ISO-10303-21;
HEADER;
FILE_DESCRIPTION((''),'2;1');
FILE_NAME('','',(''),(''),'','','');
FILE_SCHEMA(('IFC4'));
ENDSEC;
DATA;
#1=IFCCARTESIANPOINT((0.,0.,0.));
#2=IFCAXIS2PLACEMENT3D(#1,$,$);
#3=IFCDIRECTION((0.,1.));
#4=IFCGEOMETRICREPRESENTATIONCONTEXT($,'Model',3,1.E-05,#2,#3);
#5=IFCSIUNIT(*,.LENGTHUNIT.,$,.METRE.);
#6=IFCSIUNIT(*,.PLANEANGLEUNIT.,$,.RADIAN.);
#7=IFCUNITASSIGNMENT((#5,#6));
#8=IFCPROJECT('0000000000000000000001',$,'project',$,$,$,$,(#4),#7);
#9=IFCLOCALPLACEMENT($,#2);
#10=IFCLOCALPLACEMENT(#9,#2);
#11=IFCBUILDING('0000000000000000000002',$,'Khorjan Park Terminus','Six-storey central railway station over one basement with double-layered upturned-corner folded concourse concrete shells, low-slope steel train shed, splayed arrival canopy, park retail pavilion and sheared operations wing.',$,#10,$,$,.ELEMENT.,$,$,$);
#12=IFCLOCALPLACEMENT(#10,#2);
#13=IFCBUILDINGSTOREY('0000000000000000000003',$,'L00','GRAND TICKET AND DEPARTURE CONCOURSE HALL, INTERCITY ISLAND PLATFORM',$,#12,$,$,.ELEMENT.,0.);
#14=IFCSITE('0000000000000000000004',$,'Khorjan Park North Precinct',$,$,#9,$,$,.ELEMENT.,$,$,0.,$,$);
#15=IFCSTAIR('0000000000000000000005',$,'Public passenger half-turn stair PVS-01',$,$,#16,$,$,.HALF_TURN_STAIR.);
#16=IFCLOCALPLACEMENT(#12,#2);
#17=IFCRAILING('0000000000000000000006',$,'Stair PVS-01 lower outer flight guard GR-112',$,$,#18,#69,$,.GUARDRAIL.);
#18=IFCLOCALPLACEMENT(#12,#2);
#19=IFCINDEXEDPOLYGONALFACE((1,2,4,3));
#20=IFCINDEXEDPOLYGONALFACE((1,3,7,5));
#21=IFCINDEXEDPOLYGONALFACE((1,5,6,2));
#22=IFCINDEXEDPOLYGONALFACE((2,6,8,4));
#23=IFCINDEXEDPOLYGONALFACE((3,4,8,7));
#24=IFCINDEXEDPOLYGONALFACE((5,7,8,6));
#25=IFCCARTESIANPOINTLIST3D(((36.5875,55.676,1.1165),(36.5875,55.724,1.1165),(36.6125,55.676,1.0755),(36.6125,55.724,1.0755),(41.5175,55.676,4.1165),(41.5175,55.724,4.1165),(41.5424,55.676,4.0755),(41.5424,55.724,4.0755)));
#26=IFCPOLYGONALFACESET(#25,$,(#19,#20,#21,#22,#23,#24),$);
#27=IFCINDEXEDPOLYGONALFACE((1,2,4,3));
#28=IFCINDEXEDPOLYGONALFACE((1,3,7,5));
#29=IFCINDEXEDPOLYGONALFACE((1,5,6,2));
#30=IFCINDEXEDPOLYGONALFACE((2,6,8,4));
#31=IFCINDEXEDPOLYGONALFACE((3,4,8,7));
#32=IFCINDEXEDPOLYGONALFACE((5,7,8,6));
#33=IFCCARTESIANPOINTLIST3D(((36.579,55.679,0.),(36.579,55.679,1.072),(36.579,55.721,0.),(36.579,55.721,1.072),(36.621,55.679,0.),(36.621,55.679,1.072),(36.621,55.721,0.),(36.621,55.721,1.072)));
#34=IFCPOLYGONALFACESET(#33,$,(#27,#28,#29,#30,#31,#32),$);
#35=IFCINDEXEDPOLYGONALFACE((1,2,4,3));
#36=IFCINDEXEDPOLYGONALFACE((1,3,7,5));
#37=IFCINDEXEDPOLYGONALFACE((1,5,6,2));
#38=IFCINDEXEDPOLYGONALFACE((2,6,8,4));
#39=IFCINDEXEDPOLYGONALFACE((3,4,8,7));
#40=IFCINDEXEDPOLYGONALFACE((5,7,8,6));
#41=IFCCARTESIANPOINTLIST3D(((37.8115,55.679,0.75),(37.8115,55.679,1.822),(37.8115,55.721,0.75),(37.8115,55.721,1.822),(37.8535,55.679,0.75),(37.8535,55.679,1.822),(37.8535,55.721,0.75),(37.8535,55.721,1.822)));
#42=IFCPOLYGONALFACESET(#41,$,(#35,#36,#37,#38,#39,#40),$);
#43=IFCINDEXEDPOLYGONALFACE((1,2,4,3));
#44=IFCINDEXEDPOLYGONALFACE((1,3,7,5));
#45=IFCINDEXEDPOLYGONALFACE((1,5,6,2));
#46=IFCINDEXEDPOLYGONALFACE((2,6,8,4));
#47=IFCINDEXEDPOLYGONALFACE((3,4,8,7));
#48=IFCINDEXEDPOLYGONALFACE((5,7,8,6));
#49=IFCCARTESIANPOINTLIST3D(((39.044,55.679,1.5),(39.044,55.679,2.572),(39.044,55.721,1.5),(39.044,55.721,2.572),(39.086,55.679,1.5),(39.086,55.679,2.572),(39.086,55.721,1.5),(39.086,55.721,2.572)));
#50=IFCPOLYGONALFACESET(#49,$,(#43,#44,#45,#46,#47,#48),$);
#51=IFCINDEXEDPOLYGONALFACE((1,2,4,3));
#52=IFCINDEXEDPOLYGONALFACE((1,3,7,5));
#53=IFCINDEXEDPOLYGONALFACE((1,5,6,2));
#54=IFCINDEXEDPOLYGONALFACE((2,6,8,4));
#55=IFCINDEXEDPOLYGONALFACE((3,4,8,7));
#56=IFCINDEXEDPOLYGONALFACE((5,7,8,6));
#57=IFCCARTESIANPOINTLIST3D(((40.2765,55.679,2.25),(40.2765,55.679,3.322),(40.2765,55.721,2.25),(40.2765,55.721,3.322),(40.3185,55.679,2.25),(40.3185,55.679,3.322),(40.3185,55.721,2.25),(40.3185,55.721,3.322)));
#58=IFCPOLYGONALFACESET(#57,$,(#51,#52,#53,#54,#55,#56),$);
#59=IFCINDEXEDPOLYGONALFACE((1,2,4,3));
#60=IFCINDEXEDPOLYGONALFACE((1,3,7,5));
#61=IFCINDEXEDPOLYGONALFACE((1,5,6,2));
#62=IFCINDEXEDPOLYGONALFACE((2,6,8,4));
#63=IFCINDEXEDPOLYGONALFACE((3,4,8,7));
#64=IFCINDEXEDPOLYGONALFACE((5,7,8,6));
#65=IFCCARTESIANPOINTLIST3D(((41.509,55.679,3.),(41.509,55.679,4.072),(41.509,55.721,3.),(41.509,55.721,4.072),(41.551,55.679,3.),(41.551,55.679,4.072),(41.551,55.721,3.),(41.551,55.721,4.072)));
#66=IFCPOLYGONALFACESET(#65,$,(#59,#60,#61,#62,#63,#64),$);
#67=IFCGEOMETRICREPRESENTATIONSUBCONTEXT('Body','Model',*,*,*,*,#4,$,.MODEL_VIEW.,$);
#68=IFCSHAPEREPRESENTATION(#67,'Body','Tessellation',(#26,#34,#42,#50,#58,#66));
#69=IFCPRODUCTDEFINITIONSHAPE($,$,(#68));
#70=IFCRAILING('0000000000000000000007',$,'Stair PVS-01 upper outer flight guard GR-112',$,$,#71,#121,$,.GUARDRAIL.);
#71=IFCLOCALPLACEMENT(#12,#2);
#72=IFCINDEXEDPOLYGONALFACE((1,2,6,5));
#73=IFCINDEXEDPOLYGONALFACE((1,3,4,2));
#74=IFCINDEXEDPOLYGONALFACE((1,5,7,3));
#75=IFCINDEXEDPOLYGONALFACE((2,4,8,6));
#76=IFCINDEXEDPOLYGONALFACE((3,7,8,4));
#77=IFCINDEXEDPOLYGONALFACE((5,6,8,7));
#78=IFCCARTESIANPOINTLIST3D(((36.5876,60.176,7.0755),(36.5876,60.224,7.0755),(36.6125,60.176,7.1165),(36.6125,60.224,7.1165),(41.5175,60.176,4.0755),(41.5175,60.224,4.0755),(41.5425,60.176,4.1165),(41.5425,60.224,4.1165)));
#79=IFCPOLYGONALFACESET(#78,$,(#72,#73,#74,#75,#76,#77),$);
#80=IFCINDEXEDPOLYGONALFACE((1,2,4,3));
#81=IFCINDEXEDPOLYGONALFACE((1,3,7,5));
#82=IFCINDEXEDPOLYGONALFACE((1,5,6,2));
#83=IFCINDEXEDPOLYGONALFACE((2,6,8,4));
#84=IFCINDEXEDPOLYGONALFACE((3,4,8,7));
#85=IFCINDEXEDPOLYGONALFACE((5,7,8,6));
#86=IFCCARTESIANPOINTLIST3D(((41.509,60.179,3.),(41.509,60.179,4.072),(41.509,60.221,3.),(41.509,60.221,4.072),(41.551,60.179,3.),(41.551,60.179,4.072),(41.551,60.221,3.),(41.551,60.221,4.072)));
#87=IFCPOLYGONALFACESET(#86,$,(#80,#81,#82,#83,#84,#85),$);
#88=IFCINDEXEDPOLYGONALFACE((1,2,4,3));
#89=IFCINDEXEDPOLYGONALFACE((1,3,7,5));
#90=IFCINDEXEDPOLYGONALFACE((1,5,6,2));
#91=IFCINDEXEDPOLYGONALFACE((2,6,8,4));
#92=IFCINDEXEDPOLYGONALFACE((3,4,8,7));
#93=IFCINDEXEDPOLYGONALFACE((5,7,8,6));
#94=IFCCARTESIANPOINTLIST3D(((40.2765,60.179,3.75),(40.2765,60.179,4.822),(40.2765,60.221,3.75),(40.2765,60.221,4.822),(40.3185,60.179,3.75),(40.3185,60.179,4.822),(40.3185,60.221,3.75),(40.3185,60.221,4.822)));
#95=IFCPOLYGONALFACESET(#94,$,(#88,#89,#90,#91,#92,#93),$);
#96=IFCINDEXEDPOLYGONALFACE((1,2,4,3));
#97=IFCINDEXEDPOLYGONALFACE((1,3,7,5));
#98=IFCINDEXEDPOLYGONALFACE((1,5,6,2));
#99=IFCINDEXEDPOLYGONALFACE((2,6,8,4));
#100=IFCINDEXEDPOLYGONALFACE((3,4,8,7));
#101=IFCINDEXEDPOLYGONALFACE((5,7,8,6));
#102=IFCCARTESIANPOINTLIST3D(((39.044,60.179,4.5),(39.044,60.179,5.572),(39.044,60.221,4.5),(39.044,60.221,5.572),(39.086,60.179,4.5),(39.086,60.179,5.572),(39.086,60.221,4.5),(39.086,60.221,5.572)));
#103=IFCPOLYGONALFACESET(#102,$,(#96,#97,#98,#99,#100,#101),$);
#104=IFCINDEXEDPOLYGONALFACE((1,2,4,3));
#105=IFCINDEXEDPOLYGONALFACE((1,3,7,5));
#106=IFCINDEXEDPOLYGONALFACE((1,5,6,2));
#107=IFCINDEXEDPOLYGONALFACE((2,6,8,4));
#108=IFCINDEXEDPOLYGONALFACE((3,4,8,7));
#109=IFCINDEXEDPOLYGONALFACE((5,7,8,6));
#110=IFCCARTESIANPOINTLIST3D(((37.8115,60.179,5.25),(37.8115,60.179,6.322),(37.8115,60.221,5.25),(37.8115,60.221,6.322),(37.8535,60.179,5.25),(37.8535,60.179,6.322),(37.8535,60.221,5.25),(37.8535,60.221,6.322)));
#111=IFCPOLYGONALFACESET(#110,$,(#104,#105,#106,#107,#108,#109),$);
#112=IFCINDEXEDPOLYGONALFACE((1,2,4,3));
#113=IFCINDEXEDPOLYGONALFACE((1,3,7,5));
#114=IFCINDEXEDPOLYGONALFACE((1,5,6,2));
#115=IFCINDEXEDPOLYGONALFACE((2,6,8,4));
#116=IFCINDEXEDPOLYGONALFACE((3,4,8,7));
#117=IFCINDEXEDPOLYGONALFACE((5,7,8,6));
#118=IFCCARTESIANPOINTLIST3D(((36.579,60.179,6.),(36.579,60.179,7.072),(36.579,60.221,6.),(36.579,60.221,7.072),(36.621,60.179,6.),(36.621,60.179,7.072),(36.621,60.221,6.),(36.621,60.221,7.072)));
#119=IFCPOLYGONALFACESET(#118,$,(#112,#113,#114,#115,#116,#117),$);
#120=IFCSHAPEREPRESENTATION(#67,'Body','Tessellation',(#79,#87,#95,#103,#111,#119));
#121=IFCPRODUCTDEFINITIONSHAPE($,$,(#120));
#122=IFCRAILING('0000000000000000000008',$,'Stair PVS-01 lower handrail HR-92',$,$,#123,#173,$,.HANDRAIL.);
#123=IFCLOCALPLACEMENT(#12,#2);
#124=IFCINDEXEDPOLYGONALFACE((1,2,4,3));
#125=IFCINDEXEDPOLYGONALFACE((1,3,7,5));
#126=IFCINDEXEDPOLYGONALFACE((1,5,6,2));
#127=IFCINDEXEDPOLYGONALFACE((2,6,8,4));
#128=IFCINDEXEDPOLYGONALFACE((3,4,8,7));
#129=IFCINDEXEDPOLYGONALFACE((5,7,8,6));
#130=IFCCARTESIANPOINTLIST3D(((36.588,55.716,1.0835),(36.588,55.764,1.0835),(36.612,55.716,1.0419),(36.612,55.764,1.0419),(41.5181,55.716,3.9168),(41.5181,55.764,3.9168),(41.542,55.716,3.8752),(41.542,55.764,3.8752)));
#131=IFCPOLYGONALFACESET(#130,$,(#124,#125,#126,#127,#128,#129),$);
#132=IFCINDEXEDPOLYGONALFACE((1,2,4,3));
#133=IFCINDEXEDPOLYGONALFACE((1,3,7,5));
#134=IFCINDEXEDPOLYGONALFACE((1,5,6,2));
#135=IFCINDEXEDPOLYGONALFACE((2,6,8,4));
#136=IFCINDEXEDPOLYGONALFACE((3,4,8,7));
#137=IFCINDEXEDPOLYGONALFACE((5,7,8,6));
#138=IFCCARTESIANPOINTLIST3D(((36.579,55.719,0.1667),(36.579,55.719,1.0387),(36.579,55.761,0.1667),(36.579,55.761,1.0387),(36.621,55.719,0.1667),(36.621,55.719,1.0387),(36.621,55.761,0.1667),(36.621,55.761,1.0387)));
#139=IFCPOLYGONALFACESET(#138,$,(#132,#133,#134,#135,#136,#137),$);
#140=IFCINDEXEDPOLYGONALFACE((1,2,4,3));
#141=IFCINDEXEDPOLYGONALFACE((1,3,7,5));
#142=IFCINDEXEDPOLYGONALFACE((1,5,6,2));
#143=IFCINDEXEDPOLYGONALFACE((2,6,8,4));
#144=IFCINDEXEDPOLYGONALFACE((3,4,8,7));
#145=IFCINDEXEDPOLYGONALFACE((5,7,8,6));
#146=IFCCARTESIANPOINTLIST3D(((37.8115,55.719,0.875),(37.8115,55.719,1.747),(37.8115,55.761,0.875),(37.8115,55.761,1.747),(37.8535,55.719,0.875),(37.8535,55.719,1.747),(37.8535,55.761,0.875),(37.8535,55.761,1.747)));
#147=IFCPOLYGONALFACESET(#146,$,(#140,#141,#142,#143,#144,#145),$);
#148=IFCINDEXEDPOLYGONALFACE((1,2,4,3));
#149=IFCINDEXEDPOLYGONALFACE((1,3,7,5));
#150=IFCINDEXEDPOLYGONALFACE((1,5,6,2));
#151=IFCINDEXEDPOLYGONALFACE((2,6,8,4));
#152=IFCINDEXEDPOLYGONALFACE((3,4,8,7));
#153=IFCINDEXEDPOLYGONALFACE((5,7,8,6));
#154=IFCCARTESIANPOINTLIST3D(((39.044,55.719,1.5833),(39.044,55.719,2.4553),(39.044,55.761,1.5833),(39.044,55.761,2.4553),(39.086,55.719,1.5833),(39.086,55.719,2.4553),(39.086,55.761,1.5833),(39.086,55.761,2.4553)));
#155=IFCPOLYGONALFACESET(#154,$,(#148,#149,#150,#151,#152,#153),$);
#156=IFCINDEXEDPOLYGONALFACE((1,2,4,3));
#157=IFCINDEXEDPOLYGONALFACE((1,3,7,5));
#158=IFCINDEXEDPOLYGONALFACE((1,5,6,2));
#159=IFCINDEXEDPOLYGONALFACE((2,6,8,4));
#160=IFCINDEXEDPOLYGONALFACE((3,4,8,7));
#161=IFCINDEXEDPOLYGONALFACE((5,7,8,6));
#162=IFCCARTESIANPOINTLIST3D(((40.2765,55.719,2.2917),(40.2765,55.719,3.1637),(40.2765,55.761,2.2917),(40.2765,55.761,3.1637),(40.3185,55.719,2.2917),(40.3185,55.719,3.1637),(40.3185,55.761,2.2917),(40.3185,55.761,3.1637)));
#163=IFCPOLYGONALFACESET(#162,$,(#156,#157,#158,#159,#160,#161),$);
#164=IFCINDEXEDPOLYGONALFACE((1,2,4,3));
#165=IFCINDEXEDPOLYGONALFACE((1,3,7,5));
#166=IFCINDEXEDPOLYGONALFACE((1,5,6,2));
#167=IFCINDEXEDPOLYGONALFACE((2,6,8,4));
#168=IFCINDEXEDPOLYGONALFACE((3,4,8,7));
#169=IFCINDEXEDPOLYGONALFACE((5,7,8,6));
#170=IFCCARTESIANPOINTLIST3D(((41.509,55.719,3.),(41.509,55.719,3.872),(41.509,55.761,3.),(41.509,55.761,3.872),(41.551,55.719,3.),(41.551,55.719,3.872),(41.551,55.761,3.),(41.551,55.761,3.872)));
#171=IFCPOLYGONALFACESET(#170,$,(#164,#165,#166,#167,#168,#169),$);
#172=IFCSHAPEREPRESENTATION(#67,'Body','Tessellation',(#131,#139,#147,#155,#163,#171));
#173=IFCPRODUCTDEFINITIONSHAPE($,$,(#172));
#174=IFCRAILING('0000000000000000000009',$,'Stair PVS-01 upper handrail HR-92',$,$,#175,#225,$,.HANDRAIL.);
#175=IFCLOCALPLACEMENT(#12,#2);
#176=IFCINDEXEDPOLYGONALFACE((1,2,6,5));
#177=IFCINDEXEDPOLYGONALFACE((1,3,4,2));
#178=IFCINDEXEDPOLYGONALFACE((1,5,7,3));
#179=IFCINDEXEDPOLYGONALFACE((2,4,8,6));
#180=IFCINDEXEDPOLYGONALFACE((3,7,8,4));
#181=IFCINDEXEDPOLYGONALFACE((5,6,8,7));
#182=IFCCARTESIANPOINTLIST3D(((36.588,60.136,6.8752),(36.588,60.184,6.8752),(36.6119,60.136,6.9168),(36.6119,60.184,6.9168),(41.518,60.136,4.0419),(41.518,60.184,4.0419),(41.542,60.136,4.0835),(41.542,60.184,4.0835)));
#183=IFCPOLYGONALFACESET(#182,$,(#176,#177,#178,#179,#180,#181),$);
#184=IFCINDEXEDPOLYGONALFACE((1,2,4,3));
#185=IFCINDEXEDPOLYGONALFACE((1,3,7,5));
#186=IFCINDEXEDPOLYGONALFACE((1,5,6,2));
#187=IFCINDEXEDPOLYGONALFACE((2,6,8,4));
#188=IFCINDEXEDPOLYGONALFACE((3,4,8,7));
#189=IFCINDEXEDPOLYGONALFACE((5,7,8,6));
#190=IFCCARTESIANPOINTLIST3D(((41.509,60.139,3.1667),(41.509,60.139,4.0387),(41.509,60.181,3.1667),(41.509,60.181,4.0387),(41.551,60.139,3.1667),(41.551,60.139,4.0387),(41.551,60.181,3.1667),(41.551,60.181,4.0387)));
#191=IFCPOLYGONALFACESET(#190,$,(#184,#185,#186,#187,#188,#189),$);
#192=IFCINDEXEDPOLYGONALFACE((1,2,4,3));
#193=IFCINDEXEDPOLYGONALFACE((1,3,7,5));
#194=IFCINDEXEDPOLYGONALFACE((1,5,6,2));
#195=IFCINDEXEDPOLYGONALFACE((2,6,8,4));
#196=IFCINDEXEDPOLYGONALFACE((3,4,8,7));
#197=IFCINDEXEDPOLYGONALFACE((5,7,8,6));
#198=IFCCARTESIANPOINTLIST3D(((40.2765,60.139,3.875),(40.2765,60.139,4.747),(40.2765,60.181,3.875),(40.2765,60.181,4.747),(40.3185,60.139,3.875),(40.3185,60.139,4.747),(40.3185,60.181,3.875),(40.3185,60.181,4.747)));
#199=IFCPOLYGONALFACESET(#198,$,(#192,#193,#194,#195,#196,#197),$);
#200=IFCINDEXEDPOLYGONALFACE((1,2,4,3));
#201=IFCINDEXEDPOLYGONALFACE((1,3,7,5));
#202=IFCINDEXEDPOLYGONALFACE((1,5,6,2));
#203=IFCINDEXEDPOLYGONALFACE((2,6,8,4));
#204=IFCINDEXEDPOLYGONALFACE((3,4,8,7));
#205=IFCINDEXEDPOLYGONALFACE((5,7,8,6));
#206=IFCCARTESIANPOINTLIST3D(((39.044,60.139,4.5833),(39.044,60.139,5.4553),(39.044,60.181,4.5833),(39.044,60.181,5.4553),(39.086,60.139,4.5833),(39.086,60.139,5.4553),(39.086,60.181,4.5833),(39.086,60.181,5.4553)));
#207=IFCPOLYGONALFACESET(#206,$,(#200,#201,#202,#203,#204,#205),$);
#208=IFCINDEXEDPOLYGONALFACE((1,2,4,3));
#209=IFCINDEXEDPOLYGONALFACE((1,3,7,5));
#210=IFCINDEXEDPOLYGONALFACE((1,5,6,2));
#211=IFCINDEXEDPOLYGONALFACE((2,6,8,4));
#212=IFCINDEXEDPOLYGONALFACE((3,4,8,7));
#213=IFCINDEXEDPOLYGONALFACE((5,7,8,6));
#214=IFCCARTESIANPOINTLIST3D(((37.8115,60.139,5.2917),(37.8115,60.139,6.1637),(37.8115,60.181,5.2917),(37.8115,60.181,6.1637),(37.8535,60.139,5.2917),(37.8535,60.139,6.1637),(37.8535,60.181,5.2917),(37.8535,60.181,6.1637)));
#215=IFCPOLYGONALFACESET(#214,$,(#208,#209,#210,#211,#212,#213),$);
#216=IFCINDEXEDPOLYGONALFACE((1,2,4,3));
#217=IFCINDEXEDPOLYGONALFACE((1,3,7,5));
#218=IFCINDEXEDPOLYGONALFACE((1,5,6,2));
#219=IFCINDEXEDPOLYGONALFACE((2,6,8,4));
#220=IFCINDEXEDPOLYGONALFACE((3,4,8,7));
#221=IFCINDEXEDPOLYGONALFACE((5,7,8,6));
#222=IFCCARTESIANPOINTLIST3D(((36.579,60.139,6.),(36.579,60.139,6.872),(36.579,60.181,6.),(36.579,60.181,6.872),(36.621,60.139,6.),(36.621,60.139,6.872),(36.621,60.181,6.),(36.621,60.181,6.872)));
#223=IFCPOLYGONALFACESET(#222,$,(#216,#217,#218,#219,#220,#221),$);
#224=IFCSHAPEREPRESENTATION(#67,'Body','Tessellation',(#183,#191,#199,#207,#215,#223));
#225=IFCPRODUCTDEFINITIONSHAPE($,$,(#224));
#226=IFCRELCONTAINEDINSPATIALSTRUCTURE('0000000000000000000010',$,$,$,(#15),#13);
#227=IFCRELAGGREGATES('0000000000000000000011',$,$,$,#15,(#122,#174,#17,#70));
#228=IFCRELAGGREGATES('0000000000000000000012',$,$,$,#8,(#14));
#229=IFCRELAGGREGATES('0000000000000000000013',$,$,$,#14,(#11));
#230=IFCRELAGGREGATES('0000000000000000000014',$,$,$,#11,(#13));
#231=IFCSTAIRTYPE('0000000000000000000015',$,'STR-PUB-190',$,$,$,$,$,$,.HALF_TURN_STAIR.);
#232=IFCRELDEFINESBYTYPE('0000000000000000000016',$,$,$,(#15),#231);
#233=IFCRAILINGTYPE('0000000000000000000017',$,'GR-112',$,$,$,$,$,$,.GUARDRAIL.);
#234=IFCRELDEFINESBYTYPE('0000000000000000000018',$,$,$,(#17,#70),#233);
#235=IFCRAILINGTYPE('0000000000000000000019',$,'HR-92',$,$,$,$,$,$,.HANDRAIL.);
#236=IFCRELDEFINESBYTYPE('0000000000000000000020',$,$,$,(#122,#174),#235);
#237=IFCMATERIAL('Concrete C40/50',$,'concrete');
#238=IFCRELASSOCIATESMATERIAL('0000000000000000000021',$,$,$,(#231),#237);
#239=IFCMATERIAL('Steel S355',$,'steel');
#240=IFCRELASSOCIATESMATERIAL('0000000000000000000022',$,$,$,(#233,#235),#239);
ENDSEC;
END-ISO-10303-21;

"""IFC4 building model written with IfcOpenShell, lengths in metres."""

from ifc_helpers import new_model, si_unit, direction, frame, origin, origin_2d, place, context, subcontext, project, spatial, rectangle, extrude, material, type_object, element, aggregate, save


model = new_model("IFC4")

# Units and contexts
model_context = context("Model", 3, precision=1e-05, world=origin(), true_north=direction((0.0, 1.0)))
body_context = subcontext(model_context, "Body", "Model", "MODEL_VIEW")
ifc_project = project(units=[si_unit("LENGTHUNIT", "METRE"), si_unit("PLANEANGLEUNIT", "RADIAN")], contexts=[model_context])

# Site, building, storey
site_placement = place(None, origin())
site = spatial("IfcSite", under=ifc_project, at=site_placement, Name="Khorjan Park North Precinct", CompositionType="ELEMENT", RefElevation=0.0)
building_placement = place(site_placement, origin())
building = spatial("IfcBuilding", under=site, at=building_placement, Name="Khorjan Park Terminus", Description="Six-storey central railway station over one basement with double-layered upturned-corner folded concourse concrete shells, low-slope steel train shed, splayed arrival canopy, park retail pavilion and sheared operations wing.", CompositionType="ELEMENT")
storey_placement = place(building_placement, origin())
storey = spatial("IfcBuildingStorey", under=building, at=storey_placement, Name="L00", Description="GRAND TICKET AND DEPARTURE CONCOURSE HALL, INTERCITY ISLAND PLATFORM", CompositionType="ELEMENT", Elevation=0.0)

# Shared definitions
ifc_material_1 = material(Name="Steel S355", Category="steel")

# Stair, railings
ifc_material_2 = material(Name="Concrete C40/50", Category="concrete")
stair_type = type_object("IfcStairType", Name="STR-PUB-190", PredefinedType="HALF_TURN_STAIR", material=ifc_material_2)
stair_placement = place(storey_placement, origin())
stair = element("IfcStair", 1, at=stair_placement, inside=storey, type_object=stair_type, Name="Public passenger half-turn stair PVS-01", PredefinedType="HALF_TURN_STAIR")
railing_type_1 = type_object("IfcRailingType", Name="GR-112", PredefinedType="GUARDRAIL", material=ifc_material_1)
railing_1_placement = place(storey_placement, frame((36.6, 55.7, 0.0)))
railing_1 = element("IfcRailing", 2, at=railing_1_placement, type_object=railing_type_1, Name="Stair PVS-01 lower outer flight guard GR-112", PredefinedType="GUARDRAIL", context=body_context, shape_type="SweptSolid", body=[
    extrude(rectangle(XDim=0.048, YDim=0.048, at=origin_2d()), frame((0.0, 0.0, 1.096), z_axis=(0.854265, 0.0, 0.519837), x_axis=(0.0, 1.0, 0.0)), (0.0, 0.0, 1.0), 5.771),
    extrude(rectangle(XDim=0.042, YDim=0.042, at=origin_2d()), origin(), (0.0, 0.0, 1.0), 1.072),
    extrude(rectangle(XDim=0.042, YDim=0.042, at=origin_2d()), frame((1.2325, 0.0, 0.75)), (0.0, 0.0, 1.0), 1.072),
    extrude(rectangle(XDim=0.042, YDim=0.042, at=origin_2d()), frame((2.465, 0.0, 1.5)), (0.0, 0.0, 1.0), 1.072),
    extrude(rectangle(XDim=0.042, YDim=0.042, at=origin_2d()), frame((3.6975, 0.0, 2.25)), (0.0, 0.0, 1.0), 1.072),
    extrude(rectangle(XDim=0.042, YDim=0.042, at=origin_2d()), frame((4.93, 0.0, 3.0)), (0.0, 0.0, 1.0), 1.072),
])
railing_2_placement = place(storey_placement, frame((41.53, 60.2, 3.0)))
railing_2 = element("IfcRailing", 3, at=railing_2_placement, type_object=railing_type_1, Name="Stair PVS-01 upper outer flight guard GR-112", PredefinedType="GUARDRAIL", context=body_context, shape_type="SweptSolid", body=[
    extrude(rectangle(XDim=0.048, YDim=0.048, at=origin_2d()), frame((0.0, 0.0, 1.096), z_axis=(-0.854265, 0.0, 0.519837), x_axis=(0.0, -1.0, 0.0)), (0.0, 0.0, 1.0), 5.771),
    extrude(rectangle(XDim=0.042, YDim=0.042, at=origin_2d()), origin(), (0.0, 0.0, 1.0), 1.072),
    extrude(rectangle(XDim=0.042, YDim=0.042, at=origin_2d()), frame((-1.2325, 0.0, 0.75)), (0.0, 0.0, 1.0), 1.072),
    extrude(rectangle(XDim=0.042, YDim=0.042, at=origin_2d()), frame((-2.465, 0.0, 1.5)), (0.0, 0.0, 1.0), 1.072),
    extrude(rectangle(XDim=0.042, YDim=0.042, at=origin_2d()), frame((-3.6975, 0.0, 2.25)), (0.0, 0.0, 1.0), 1.072),
    extrude(rectangle(XDim=0.042, YDim=0.042, at=origin_2d()), frame((-4.93, 0.0, 3.0)), (0.0, 0.0, 1.0), 1.072),
])
railing_type_2 = type_object("IfcRailingType", Name="HR-92", PredefinedType="HANDRAIL", material=ifc_material_1)
railing_3_placement = place(storey_placement, frame((36.6, 55.74, 0.1667)))
railing_3 = element("IfcRailing", 4, at=railing_3_placement, type_object=railing_type_2, Name="Stair PVS-01 lower handrail HR-92", PredefinedType="HANDRAIL", context=body_context, shape_type="SweptSolid", body=[
    extrude(rectangle(XDim=0.048, YDim=0.048, at=origin_2d()), frame((0.0, 0.0, 0.896), z_axis=(0.867016, 0.0, 0.498279), x_axis=(0.0, 1.0, 0.0)), (0.0, 0.0, 1.0), 5.6862),
    extrude(rectangle(XDim=0.042, YDim=0.042, at=origin_2d()), origin(), (0.0, 0.0, 1.0), 0.872),
    extrude(rectangle(XDim=0.042, YDim=0.042, at=origin_2d()), frame((1.2325, 0.0, 0.7083)), (0.0, 0.0, 1.0), 0.872),
    extrude(rectangle(XDim=0.042, YDim=0.042, at=origin_2d()), frame((2.465, 0.0, 1.4166)), (0.0, 0.0, 1.0), 0.872),
    extrude(rectangle(XDim=0.042, YDim=0.042, at=origin_2d()), frame((3.6975, 0.0, 2.125)), (0.0, 0.0, 1.0), 0.872),
    extrude(rectangle(XDim=0.042, YDim=0.042, at=origin_2d()), frame((4.93, 0.0, 2.8333)), (0.0, 0.0, 1.0), 0.872),
])
railing_4_placement = place(storey_placement, frame((41.53, 60.16, 3.1667)))
railing_4 = element("IfcRailing", 5, at=railing_4_placement, type_object=railing_type_2, Name="Stair PVS-01 upper handrail HR-92", PredefinedType="HANDRAIL", context=body_context, shape_type="SweptSolid", body=[
    extrude(rectangle(XDim=0.048, YDim=0.048, at=origin_2d()), frame((0.0, 0.0, 0.896), z_axis=(-0.867016, 0.0, 0.498279), x_axis=(0.0, -1.0, 0.0)), (0.0, 0.0, 1.0), 5.6862),
    extrude(rectangle(XDim=0.042, YDim=0.042, at=origin_2d()), origin(), (0.0, 0.0, 1.0), 0.872),
    extrude(rectangle(XDim=0.042, YDim=0.042, at=origin_2d()), frame((-1.2325, 0.0, 0.7083)), (0.0, 0.0, 1.0), 0.872),
    extrude(rectangle(XDim=0.042, YDim=0.042, at=origin_2d()), frame((-2.465, 0.0, 1.4166)), (0.0, 0.0, 1.0), 0.872),
    extrude(rectangle(XDim=0.042, YDim=0.042, at=origin_2d()), frame((-3.6975, 0.0, 2.125)), (0.0, 0.0, 1.0), 0.872),
    extrude(rectangle(XDim=0.042, YDim=0.042, at=origin_2d()), frame((-4.93, 0.0, 2.8333)), (0.0, 0.0, 1.0), 0.872),
])
aggregate(stair, [railing_3, railing_4, railing_1, railing_2])

save(model, "model.ifc")
